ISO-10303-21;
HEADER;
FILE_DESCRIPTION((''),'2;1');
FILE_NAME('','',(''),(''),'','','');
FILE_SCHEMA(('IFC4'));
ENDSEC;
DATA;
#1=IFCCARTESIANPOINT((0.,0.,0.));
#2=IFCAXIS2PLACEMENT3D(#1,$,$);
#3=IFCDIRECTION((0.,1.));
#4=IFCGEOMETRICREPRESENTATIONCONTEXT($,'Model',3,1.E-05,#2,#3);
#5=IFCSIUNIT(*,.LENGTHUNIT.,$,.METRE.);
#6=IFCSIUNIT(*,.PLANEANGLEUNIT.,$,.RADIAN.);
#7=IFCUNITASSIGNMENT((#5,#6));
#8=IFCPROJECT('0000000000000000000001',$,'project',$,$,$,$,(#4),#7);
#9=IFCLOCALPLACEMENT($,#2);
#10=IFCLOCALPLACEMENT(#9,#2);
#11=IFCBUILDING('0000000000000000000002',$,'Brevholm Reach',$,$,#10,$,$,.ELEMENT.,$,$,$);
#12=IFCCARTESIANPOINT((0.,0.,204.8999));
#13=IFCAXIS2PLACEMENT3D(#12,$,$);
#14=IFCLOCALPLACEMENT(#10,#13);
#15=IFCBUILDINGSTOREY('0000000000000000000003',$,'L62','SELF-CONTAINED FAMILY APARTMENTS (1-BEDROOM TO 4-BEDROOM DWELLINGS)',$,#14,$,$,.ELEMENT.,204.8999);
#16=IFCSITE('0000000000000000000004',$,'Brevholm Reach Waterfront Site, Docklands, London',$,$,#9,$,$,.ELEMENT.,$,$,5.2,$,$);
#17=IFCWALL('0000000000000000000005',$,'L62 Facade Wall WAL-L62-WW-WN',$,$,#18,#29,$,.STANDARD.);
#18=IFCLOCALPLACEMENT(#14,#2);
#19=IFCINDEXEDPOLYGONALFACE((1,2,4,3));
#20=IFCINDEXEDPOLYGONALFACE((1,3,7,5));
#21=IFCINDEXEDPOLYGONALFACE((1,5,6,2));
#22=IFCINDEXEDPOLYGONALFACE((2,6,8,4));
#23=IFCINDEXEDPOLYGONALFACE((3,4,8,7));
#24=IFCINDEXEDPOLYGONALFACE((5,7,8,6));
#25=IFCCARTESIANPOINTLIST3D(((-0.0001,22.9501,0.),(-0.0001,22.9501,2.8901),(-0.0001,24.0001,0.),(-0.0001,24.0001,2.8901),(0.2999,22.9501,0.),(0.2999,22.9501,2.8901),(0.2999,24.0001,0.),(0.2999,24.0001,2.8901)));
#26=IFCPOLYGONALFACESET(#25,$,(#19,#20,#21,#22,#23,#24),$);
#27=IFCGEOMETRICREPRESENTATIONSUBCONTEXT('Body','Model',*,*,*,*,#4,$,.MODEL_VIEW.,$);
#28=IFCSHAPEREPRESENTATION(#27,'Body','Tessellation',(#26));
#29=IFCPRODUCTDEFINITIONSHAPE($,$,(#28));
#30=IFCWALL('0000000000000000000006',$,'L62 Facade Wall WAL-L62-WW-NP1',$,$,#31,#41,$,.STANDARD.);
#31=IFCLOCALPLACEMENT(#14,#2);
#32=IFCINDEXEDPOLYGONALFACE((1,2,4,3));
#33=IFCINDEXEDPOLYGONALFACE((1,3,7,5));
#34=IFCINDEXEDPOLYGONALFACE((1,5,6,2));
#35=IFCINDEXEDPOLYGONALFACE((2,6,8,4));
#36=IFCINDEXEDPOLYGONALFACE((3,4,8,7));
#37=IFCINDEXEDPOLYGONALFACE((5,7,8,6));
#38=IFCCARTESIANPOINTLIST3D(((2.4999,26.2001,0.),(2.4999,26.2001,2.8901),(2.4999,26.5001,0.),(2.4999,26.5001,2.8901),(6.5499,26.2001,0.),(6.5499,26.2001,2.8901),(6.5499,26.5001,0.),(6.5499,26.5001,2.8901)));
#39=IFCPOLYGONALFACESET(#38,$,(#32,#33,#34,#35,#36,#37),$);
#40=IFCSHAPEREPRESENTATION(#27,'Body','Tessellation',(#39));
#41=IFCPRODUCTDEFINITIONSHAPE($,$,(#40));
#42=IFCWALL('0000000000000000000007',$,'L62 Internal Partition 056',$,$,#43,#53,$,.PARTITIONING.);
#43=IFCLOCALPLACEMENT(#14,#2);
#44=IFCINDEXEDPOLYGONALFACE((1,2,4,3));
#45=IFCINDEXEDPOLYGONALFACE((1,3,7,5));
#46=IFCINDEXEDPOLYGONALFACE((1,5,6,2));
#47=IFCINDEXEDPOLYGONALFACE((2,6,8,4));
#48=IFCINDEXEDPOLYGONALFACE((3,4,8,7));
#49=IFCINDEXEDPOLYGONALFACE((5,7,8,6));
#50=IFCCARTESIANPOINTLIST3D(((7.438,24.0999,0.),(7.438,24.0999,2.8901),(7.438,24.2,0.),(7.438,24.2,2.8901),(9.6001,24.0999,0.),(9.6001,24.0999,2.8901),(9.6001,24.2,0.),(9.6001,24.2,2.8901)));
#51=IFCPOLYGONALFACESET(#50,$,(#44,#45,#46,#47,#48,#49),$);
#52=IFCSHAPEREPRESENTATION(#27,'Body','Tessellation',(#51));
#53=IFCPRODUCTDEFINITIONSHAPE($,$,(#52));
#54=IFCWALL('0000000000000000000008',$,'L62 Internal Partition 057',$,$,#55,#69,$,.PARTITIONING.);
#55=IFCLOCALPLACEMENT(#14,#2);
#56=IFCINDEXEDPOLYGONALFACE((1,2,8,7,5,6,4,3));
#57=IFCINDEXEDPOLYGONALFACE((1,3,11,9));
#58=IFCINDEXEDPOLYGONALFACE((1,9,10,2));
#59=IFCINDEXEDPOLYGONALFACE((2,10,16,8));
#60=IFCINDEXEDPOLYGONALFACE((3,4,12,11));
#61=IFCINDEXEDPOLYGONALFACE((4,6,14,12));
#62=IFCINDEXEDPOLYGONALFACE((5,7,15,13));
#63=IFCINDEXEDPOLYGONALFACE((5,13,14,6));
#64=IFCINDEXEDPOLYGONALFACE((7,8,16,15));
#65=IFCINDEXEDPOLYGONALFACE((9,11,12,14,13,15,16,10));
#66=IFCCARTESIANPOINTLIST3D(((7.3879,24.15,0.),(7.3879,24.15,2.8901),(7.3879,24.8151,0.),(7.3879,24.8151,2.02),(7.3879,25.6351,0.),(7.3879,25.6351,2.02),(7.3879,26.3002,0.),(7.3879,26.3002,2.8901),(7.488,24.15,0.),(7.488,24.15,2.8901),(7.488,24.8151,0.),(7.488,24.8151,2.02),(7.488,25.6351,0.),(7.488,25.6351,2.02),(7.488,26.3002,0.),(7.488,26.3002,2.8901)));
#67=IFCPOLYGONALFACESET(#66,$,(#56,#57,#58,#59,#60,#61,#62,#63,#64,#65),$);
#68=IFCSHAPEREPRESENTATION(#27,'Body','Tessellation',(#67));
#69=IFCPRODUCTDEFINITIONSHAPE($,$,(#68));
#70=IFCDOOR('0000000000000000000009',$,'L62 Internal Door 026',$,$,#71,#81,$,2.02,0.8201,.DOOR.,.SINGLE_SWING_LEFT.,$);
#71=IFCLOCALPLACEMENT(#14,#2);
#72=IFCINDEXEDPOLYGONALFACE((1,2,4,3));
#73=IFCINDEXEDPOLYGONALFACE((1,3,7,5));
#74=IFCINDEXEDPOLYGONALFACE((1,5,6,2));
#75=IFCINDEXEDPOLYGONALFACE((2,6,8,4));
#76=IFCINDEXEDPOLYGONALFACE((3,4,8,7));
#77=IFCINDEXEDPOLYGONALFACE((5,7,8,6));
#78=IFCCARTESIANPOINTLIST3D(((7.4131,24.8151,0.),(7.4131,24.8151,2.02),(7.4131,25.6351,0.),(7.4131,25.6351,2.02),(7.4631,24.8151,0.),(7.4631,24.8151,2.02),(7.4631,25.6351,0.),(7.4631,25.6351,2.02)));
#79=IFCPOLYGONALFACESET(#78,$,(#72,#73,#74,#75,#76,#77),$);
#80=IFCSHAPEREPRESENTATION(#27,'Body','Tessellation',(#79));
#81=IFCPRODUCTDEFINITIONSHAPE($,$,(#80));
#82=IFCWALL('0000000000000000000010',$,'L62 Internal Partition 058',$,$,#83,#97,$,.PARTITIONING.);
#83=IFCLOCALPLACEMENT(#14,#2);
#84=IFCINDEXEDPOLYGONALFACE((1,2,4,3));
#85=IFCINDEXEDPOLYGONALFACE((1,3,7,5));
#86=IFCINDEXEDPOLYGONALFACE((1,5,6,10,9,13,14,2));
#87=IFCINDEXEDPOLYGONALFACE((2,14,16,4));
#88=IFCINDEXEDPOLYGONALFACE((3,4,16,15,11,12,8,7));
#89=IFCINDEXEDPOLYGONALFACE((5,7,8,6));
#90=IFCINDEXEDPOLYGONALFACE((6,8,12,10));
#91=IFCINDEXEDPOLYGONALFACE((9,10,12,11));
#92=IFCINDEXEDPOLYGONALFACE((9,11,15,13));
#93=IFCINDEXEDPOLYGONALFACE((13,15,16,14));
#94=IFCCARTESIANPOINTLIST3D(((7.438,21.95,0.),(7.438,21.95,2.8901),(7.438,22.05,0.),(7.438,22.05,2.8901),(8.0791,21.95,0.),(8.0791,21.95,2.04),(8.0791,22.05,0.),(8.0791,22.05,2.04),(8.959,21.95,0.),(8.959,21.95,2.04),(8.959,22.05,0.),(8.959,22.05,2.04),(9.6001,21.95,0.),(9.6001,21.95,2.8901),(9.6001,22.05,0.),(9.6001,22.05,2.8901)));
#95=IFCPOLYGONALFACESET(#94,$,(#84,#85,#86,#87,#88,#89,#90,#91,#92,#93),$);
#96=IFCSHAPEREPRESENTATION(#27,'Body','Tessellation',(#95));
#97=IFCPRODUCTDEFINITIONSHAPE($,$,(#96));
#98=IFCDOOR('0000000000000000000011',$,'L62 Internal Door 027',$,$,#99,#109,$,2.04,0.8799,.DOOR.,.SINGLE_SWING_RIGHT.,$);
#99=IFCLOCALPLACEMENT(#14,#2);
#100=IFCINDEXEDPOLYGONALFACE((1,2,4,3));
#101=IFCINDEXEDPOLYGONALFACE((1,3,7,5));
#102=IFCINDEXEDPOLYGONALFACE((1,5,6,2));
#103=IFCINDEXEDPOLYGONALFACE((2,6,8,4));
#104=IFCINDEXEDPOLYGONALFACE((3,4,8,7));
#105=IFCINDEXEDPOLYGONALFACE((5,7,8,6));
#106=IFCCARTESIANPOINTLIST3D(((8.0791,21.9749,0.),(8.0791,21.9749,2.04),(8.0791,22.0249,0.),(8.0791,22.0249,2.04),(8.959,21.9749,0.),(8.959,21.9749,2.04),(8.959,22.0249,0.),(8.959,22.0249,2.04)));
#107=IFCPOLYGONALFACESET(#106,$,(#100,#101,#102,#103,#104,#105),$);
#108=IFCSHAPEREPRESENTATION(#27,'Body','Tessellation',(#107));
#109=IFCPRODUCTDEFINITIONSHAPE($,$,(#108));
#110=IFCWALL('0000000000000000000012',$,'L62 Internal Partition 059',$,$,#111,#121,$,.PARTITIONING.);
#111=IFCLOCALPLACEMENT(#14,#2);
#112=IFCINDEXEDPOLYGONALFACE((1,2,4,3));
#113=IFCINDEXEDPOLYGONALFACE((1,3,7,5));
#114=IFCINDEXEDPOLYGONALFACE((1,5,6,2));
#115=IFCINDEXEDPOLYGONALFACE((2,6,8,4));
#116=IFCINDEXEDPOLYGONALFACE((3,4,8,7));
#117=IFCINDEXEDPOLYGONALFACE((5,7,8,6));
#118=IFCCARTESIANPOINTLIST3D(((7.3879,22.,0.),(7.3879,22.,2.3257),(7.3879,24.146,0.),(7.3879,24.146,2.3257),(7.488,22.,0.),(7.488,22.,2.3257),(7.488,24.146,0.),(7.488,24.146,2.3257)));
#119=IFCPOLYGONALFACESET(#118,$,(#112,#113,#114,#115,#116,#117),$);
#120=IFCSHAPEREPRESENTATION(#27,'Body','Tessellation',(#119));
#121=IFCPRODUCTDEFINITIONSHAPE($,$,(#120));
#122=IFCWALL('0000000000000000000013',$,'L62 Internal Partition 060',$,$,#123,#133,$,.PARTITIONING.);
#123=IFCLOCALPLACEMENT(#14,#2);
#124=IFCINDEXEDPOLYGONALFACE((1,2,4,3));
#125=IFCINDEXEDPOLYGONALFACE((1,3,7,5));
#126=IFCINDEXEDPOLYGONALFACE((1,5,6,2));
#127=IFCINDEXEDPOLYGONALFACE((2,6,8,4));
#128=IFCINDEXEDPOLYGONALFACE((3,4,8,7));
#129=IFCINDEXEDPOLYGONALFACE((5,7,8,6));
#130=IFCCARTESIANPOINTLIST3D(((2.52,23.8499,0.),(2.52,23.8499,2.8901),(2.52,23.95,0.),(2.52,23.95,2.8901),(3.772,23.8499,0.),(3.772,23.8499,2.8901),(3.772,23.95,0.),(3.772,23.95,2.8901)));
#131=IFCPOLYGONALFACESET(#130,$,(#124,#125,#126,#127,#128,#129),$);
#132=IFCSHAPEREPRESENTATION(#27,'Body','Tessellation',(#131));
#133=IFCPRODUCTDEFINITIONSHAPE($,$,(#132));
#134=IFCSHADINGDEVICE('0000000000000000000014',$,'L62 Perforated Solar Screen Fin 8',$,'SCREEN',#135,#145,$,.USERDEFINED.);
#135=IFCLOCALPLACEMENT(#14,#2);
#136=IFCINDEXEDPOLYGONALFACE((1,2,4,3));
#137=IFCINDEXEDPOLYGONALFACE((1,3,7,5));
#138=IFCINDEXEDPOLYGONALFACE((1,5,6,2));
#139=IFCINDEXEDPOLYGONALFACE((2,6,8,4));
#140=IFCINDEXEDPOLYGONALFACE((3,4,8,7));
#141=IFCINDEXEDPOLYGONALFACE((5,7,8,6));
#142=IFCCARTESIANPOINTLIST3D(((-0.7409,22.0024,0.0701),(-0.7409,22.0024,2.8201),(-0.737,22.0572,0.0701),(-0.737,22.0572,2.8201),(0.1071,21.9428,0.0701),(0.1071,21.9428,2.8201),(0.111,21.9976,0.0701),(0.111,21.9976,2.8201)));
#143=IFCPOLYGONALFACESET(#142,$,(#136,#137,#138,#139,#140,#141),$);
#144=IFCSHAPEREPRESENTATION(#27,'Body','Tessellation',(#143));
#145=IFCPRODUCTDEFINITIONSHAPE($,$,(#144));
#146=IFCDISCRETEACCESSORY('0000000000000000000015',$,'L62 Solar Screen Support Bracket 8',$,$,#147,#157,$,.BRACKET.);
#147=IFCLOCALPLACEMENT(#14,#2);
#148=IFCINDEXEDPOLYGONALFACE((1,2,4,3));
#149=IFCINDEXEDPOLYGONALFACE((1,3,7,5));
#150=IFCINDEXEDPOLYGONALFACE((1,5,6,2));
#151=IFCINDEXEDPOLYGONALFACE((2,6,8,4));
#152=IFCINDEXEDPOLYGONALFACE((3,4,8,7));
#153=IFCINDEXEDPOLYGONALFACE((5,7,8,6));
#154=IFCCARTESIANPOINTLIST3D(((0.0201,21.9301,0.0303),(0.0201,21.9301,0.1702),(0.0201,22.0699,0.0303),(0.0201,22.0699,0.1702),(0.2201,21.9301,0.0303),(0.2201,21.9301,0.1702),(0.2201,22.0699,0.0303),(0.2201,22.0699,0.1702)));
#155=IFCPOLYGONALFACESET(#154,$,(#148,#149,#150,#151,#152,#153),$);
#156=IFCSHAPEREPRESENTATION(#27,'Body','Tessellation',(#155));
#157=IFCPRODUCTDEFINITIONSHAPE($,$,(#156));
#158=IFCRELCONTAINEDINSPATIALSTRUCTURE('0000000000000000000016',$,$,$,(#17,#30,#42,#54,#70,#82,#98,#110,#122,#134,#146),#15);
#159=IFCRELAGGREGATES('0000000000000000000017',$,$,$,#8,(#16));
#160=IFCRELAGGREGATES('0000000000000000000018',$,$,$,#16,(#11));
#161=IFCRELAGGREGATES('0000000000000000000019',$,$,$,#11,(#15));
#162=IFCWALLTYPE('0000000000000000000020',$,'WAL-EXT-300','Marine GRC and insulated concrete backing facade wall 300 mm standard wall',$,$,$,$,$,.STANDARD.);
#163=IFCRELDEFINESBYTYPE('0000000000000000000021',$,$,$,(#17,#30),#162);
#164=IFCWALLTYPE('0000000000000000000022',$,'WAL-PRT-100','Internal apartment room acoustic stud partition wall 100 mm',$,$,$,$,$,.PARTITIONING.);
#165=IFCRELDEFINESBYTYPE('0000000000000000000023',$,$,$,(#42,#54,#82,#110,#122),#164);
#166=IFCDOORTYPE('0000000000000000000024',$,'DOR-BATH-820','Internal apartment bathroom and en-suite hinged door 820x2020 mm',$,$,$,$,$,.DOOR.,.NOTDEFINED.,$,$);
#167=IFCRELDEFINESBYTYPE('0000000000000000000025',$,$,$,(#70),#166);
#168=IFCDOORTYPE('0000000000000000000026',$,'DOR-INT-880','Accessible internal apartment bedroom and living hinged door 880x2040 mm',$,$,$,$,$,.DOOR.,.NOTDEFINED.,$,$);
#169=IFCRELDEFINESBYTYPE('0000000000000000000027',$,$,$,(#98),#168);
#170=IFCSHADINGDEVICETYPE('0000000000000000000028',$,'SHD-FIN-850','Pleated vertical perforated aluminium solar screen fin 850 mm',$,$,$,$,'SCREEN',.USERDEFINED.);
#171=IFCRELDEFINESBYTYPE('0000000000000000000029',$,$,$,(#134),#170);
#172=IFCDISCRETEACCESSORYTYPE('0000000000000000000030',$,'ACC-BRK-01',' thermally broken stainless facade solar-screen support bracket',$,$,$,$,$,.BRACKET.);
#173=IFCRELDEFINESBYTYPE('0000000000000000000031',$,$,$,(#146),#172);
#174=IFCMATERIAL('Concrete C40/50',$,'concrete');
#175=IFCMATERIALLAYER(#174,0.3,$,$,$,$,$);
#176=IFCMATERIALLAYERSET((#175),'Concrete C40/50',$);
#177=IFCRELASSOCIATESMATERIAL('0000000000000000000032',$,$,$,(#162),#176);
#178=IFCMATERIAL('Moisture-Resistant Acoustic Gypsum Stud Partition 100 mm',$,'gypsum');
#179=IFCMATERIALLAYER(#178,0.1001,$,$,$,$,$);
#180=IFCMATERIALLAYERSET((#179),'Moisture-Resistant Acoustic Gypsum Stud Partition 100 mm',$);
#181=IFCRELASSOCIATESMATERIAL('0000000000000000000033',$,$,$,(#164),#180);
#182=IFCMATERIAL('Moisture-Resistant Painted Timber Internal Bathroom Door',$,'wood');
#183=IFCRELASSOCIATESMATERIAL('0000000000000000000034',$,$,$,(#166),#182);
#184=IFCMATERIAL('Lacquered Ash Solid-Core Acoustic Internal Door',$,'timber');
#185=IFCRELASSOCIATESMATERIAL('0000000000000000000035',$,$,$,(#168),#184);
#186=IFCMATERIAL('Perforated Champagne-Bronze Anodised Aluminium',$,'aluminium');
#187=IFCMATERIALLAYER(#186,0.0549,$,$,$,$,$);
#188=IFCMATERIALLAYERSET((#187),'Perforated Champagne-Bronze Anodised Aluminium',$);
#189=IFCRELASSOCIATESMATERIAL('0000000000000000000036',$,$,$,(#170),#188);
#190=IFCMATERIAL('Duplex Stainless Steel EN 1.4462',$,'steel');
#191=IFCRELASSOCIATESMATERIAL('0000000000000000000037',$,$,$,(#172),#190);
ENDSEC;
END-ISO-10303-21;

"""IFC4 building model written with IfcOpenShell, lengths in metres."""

from ifc_helpers import new_model, si_unit, direction, frame, frame_2d, origin, origin_2d, place, context, subcontext, project, spatial, rectangle, extrude, material, layer, layer_set, type_object, element, fill, save


model = new_model("IFC4")

# Units and contexts
model_context = context("Model", 3, precision=1e-05, world=origin(), true_north=direction((0.0, 1.0)))
body_context = subcontext(model_context, "Body", "Model", "MODEL_VIEW")
ifc_project = project(units=[si_unit("LENGTHUNIT", "METRE"), si_unit("PLANEANGLEUNIT", "RADIAN")], contexts=[model_context])

# Site, building, storey
site_placement = place(None, origin())
site = spatial("IfcSite", under=ifc_project, at=site_placement, Name="Brevholm Reach Waterfront Site, Docklands, London", CompositionType="ELEMENT", RefElevation=5.2)
building_placement = place(site_placement, origin())
building = spatial("IfcBuilding", under=site, at=building_placement, Name="Brevholm Reach", CompositionType="ELEMENT")
storey_placement = place(building_placement, frame((0.0, 0.0, 204.8999)))
storey = spatial("IfcBuildingStorey", under=building, at=storey_placement, Name="L62", Description="SELF-CONTAINED FAMILY APARTMENTS (1-BEDROOM TO 4-BEDROOM DWELLINGS)", CompositionType="ELEMENT", Elevation=204.8999)

# Walls
ifc_material_1 = material(Name="Concrete C40/50", Category="concrete")
ifc_layer_1 = layer(ifc_material_1, 0.3)
ifc_layer_set_1 = layer_set([ifc_layer_1], Name="Concrete C40/50")
wall_type_1 = type_object("IfcWallType", Name="WAL-EXT-300", Description="Marine GRC and insulated concrete backing facade wall 300 mm standard wall", PredefinedType="STANDARD", material=ifc_layer_set_1)
wall_1_placement = place(storey_placement, frame((0.1499, 24.0, 0.0), z_axis=(0.0, 0.0, 1.0), x_axis=(0.0, -1.0, 0.0)))
element("IfcWall", 1, at=wall_1_placement, inside=storey, type_object=wall_type_1, Name="L62 Facade Wall WAL-L62-WW-WN", PredefinedType="STANDARD", context=body_context, shape_type="SweptSolid", body=[
    extrude(rectangle(XDim=1.05, YDim=0.3, at=frame_2d((0.5249, 0.0))), origin(), (0.0, 0.0, 1.0), 2.8901),
])
wall_2_placement = place(storey_placement, frame((2.5, 26.3501, 0.0), z_axis=(0.0, 0.0, 1.0), x_axis=(1.0, 0.0, 0.0)))
element("IfcWall", 2, at=wall_2_placement, inside=storey, type_object=wall_type_1, Name="L62 Facade Wall WAL-L62-WW-NP1", PredefinedType="STANDARD", context=body_context, shape_type="SweptSolid", body=[
    extrude(rectangle(XDim=4.05, YDim=0.3, at=frame_2d((2.0249, 0.0))), origin(), (0.0, 0.0, 1.0), 2.8901),
])
ifc_material_2 = material(Name="Moisture-Resistant Acoustic Gypsum Stud Partition 100 mm", Category="gypsum")
ifc_layer_2 = layer(ifc_material_2, 0.1001)
ifc_layer_set_2 = layer_set([ifc_layer_2], Name="Moisture-Resistant Acoustic Gypsum Stud Partition 100 mm")
wall_type_2 = type_object("IfcWallType", Name="WAL-PRT-100", Description="Internal apartment room acoustic stud partition wall 100 mm", PredefinedType="PARTITIONING", material=ifc_layer_set_2)
wall_3_placement = place(storey_placement, frame((7.438, 24.1499, 0.0), z_axis=(0.0, 0.0, 1.0), x_axis=(1.0, 0.0, 0.0)))
element("IfcWall", 3, at=wall_3_placement, inside=storey, type_object=wall_type_2, Name="L62 Internal Partition 056", PredefinedType="PARTITIONING", context=body_context, shape_type="SweptSolid", body=[
    extrude(rectangle(XDim=2.1621, YDim=0.1001, at=frame_2d((1.0811, 0.0))), origin(), (0.0, 0.0, 1.0), 2.8901),
])

# Walls, openings, doors
wall_4_placement = place(storey_placement, frame((7.438, 24.1499, 0.0), z_axis=(0.0, 0.0, 1.0), x_axis=(0.0, 1.0, 0.0)))
wall_4 = element("IfcWall", 4, at=wall_4_placement, inside=storey, type_object=wall_type_2, Name="L62 Internal Partition 057", PredefinedType="PARTITIONING", context=body_context, shape_type="SweptSolid", body=[
    extrude(rectangle(XDim=2.1501, YDim=0.1001, at=frame_2d((1.0752, 0.0))), origin(), (0.0, 0.0, 1.0), 2.8901),
])
opening_1_placement = place(wall_4_placement, frame((0.665, 0.0, 0.0)))
opening_1 = element("IfcOpeningElement", 5, at=opening_1_placement, cuts=wall_4, PredefinedType="OPENING", context=body_context, shape_type="SweptSolid", body=[
    extrude(rectangle(XDim=0.8201, YDim=2.02, at=frame_2d((0.4102, 1.01))), frame((0.0, 0.0601, 0.0), z_axis=(0.0, -1.0, 0.0), x_axis=(1.0, 0.0, 0.0)), (0.0, 0.0, 1.0), 0.1201),
])
ifc_material_3 = material(Name="Moisture-Resistant Painted Timber Internal Bathroom Door", Category="wood")
door_type_1 = type_object("IfcDoorType", Name="DOR-BATH-820", Description="Internal apartment bathroom and en-suite hinged door 820x2020 mm", OperationType="NOTDEFINED", PredefinedType="DOOR", material=ifc_material_3)
door_1_placement = place(opening_1_placement, origin())
door_1 = element("IfcDoor", 6, at=door_1_placement, inside=storey, type_object=door_type_1, Name="L62 Internal Door 026", OperationType="SINGLE_SWING_LEFT", OverallHeight=2.02, OverallWidth=0.8201, PredefinedType="DOOR", context=body_context, shape_type="SweptSolid", body=[
    extrude(rectangle(XDim=0.8201, YDim=2.02, at=frame_2d((0.4102, 1.01))), frame((0.0, 0.0249, 0.0), z_axis=(0.0, -1.0, 0.0), x_axis=(1.0, 0.0, 0.0)), (0.0, 0.0, 1.0), 0.05),
])
fill(opening_1, door_1)
wall_5_placement = place(storey_placement, frame((7.438, 22.0, 0.0), z_axis=(0.0, 0.0, 1.0), x_axis=(1.0, 0.0, 0.0)))
wall_5 = element("IfcWall", 7, at=wall_5_placement, inside=storey, type_object=wall_type_2, Name="L62 Internal Partition 058", PredefinedType="PARTITIONING", context=body_context, shape_type="SweptSolid", body=[
    extrude(rectangle(XDim=2.1621, YDim=0.1001, at=frame_2d((1.0811, 0.0))), origin(), (0.0, 0.0, 1.0), 2.8901),
])
opening_2_placement = place(wall_5_placement, frame((0.6411, 0.0, 0.0)))
opening_2 = element("IfcOpeningElement", 8, at=opening_2_placement, cuts=wall_5, PredefinedType="OPENING", context=body_context, shape_type="SweptSolid", body=[
    extrude(rectangle(XDim=0.8799, YDim=2.04, at=frame_2d((0.4399, 1.02))), frame((0.0, 0.0601, 0.0), z_axis=(0.0, -1.0, 0.0), x_axis=(1.0, 0.0, 0.0)), (0.0, 0.0, 1.0), 0.1201),
])
ifc_material_4 = material(Name="Lacquered Ash Solid-Core Acoustic Internal Door", Category="timber")
door_type_2 = type_object("IfcDoorType", Name="DOR-INT-880", Description="Accessible internal apartment bedroom and living hinged door 880x2040 mm", OperationType="NOTDEFINED", PredefinedType="DOOR", material=ifc_material_4)
door_2_placement = place(opening_2_placement, origin())
door_2 = element("IfcDoor", 9, at=door_2_placement, inside=storey, type_object=door_type_2, Name="L62 Internal Door 027", OperationType="SINGLE_SWING_RIGHT", OverallHeight=2.04, OverallWidth=0.8799, PredefinedType="DOOR", context=body_context, shape_type="SweptSolid", body=[
    extrude(rectangle(XDim=0.8799, YDim=2.04, at=frame_2d((0.4399, 1.02))), frame((0.0, 0.0249, 0.0), z_axis=(0.0, -1.0, 0.0), x_axis=(1.0, 0.0, 0.0)), (0.0, 0.0, 1.0), 0.05),
])
fill(opening_2, door_2)

# Walls
wall_6_placement = place(storey_placement, frame((7.438, 22.0, 0.0), z_axis=(0.0, 0.0, 1.0), x_axis=(0.0, 1.0, 0.0)))
element("IfcWall", 10, at=wall_6_placement, inside=storey, type_object=wall_type_2, Name="L62 Internal Partition 059", PredefinedType="PARTITIONING", context=body_context, shape_type="SweptSolid", body=[
    extrude(rectangle(XDim=2.146, YDim=0.1001, at=frame_2d((1.073, 0.0))), origin(), (0.0, 0.0, 1.0), 2.3257),
])
wall_7_placement = place(storey_placement, frame((2.52, 23.8999, 0.0), z_axis=(0.0, 0.0, 1.0), x_axis=(1.0, 0.0, 0.0)))
element("IfcWall", 11, at=wall_7_placement, inside=storey, type_object=wall_type_2, Name="L62 Internal Partition 060", PredefinedType="PARTITIONING", context=body_context, shape_type="SweptSolid", body=[
    extrude(rectangle(XDim=1.252, YDim=0.1001, at=frame_2d((0.626, 0.0))), origin(), (0.0, 0.0, 1.0), 2.8901),
])

# Shading device
ifc_material_5 = material(Name="Perforated Champagne-Bronze Anodised Aluminium", Category="aluminium")
ifc_layer_3 = layer(ifc_material_5, 0.0549)
ifc_layer_set_3 = layer_set([ifc_layer_3], Name="Perforated Champagne-Bronze Anodised Aluminium")
shading_device_type = type_object("IfcShadingDeviceType", Name="SHD-FIN-850", Description="Pleated vertical perforated aluminium solar screen fin 850 mm", ElementType="SCREEN", PredefinedType="USERDEFINED", material=ifc_layer_set_3)
shading_device_placement = place(storey_placement, frame((-0.3149, 22.0, 0.0701), z_axis=(0.0, 0.0, 1.0), x_axis=(-0.997541, 0.070087, 0.0)))
element("IfcShadingDevice", 12, at=shading_device_placement, inside=storey, type_object=shading_device_type, Name="L62 Perforated Solar Screen Fin 8", ObjectType="SCREEN", PredefinedType="USERDEFINED", context=body_context, shape_type="SweptSolid", body=[
    extrude(rectangle(XDim=0.8501, YDim=0.0549, at=origin_2d()), origin(), (0.0, 0.0, 1.0), 2.75),
])

# Discrete accessory
ifc_material_6 = material(Name="Duplex Stainless Steel EN 1.4462", Category="steel")
discrete_accessory_type = type_object("IfcDiscreteAccessoryType", Name="ACC-BRK-01", Description=" thermally broken stainless facade solar-screen support bracket", PredefinedType="BRACKET", material=ifc_material_6)
discrete_accessory_placement = place(storey_placement, frame((0.1201, 22.0, 0.0303), z_axis=(0.0, 0.0, 1.0), x_axis=(-1.0, 0.0, 0.0)))
element("IfcDiscreteAccessory", 13, at=discrete_accessory_placement, inside=storey, type_object=discrete_accessory_type, Name="L62 Solar Screen Support Bracket 8", PredefinedType="BRACKET", context=body_context, shape_type="SweptSolid", body=[
    extrude(rectangle(XDim=0.2, YDim=0.1399, at=origin_2d()), origin(), (0.0, 0.0, 1.0), 0.1399),
])

save(model, "model.ifc")
